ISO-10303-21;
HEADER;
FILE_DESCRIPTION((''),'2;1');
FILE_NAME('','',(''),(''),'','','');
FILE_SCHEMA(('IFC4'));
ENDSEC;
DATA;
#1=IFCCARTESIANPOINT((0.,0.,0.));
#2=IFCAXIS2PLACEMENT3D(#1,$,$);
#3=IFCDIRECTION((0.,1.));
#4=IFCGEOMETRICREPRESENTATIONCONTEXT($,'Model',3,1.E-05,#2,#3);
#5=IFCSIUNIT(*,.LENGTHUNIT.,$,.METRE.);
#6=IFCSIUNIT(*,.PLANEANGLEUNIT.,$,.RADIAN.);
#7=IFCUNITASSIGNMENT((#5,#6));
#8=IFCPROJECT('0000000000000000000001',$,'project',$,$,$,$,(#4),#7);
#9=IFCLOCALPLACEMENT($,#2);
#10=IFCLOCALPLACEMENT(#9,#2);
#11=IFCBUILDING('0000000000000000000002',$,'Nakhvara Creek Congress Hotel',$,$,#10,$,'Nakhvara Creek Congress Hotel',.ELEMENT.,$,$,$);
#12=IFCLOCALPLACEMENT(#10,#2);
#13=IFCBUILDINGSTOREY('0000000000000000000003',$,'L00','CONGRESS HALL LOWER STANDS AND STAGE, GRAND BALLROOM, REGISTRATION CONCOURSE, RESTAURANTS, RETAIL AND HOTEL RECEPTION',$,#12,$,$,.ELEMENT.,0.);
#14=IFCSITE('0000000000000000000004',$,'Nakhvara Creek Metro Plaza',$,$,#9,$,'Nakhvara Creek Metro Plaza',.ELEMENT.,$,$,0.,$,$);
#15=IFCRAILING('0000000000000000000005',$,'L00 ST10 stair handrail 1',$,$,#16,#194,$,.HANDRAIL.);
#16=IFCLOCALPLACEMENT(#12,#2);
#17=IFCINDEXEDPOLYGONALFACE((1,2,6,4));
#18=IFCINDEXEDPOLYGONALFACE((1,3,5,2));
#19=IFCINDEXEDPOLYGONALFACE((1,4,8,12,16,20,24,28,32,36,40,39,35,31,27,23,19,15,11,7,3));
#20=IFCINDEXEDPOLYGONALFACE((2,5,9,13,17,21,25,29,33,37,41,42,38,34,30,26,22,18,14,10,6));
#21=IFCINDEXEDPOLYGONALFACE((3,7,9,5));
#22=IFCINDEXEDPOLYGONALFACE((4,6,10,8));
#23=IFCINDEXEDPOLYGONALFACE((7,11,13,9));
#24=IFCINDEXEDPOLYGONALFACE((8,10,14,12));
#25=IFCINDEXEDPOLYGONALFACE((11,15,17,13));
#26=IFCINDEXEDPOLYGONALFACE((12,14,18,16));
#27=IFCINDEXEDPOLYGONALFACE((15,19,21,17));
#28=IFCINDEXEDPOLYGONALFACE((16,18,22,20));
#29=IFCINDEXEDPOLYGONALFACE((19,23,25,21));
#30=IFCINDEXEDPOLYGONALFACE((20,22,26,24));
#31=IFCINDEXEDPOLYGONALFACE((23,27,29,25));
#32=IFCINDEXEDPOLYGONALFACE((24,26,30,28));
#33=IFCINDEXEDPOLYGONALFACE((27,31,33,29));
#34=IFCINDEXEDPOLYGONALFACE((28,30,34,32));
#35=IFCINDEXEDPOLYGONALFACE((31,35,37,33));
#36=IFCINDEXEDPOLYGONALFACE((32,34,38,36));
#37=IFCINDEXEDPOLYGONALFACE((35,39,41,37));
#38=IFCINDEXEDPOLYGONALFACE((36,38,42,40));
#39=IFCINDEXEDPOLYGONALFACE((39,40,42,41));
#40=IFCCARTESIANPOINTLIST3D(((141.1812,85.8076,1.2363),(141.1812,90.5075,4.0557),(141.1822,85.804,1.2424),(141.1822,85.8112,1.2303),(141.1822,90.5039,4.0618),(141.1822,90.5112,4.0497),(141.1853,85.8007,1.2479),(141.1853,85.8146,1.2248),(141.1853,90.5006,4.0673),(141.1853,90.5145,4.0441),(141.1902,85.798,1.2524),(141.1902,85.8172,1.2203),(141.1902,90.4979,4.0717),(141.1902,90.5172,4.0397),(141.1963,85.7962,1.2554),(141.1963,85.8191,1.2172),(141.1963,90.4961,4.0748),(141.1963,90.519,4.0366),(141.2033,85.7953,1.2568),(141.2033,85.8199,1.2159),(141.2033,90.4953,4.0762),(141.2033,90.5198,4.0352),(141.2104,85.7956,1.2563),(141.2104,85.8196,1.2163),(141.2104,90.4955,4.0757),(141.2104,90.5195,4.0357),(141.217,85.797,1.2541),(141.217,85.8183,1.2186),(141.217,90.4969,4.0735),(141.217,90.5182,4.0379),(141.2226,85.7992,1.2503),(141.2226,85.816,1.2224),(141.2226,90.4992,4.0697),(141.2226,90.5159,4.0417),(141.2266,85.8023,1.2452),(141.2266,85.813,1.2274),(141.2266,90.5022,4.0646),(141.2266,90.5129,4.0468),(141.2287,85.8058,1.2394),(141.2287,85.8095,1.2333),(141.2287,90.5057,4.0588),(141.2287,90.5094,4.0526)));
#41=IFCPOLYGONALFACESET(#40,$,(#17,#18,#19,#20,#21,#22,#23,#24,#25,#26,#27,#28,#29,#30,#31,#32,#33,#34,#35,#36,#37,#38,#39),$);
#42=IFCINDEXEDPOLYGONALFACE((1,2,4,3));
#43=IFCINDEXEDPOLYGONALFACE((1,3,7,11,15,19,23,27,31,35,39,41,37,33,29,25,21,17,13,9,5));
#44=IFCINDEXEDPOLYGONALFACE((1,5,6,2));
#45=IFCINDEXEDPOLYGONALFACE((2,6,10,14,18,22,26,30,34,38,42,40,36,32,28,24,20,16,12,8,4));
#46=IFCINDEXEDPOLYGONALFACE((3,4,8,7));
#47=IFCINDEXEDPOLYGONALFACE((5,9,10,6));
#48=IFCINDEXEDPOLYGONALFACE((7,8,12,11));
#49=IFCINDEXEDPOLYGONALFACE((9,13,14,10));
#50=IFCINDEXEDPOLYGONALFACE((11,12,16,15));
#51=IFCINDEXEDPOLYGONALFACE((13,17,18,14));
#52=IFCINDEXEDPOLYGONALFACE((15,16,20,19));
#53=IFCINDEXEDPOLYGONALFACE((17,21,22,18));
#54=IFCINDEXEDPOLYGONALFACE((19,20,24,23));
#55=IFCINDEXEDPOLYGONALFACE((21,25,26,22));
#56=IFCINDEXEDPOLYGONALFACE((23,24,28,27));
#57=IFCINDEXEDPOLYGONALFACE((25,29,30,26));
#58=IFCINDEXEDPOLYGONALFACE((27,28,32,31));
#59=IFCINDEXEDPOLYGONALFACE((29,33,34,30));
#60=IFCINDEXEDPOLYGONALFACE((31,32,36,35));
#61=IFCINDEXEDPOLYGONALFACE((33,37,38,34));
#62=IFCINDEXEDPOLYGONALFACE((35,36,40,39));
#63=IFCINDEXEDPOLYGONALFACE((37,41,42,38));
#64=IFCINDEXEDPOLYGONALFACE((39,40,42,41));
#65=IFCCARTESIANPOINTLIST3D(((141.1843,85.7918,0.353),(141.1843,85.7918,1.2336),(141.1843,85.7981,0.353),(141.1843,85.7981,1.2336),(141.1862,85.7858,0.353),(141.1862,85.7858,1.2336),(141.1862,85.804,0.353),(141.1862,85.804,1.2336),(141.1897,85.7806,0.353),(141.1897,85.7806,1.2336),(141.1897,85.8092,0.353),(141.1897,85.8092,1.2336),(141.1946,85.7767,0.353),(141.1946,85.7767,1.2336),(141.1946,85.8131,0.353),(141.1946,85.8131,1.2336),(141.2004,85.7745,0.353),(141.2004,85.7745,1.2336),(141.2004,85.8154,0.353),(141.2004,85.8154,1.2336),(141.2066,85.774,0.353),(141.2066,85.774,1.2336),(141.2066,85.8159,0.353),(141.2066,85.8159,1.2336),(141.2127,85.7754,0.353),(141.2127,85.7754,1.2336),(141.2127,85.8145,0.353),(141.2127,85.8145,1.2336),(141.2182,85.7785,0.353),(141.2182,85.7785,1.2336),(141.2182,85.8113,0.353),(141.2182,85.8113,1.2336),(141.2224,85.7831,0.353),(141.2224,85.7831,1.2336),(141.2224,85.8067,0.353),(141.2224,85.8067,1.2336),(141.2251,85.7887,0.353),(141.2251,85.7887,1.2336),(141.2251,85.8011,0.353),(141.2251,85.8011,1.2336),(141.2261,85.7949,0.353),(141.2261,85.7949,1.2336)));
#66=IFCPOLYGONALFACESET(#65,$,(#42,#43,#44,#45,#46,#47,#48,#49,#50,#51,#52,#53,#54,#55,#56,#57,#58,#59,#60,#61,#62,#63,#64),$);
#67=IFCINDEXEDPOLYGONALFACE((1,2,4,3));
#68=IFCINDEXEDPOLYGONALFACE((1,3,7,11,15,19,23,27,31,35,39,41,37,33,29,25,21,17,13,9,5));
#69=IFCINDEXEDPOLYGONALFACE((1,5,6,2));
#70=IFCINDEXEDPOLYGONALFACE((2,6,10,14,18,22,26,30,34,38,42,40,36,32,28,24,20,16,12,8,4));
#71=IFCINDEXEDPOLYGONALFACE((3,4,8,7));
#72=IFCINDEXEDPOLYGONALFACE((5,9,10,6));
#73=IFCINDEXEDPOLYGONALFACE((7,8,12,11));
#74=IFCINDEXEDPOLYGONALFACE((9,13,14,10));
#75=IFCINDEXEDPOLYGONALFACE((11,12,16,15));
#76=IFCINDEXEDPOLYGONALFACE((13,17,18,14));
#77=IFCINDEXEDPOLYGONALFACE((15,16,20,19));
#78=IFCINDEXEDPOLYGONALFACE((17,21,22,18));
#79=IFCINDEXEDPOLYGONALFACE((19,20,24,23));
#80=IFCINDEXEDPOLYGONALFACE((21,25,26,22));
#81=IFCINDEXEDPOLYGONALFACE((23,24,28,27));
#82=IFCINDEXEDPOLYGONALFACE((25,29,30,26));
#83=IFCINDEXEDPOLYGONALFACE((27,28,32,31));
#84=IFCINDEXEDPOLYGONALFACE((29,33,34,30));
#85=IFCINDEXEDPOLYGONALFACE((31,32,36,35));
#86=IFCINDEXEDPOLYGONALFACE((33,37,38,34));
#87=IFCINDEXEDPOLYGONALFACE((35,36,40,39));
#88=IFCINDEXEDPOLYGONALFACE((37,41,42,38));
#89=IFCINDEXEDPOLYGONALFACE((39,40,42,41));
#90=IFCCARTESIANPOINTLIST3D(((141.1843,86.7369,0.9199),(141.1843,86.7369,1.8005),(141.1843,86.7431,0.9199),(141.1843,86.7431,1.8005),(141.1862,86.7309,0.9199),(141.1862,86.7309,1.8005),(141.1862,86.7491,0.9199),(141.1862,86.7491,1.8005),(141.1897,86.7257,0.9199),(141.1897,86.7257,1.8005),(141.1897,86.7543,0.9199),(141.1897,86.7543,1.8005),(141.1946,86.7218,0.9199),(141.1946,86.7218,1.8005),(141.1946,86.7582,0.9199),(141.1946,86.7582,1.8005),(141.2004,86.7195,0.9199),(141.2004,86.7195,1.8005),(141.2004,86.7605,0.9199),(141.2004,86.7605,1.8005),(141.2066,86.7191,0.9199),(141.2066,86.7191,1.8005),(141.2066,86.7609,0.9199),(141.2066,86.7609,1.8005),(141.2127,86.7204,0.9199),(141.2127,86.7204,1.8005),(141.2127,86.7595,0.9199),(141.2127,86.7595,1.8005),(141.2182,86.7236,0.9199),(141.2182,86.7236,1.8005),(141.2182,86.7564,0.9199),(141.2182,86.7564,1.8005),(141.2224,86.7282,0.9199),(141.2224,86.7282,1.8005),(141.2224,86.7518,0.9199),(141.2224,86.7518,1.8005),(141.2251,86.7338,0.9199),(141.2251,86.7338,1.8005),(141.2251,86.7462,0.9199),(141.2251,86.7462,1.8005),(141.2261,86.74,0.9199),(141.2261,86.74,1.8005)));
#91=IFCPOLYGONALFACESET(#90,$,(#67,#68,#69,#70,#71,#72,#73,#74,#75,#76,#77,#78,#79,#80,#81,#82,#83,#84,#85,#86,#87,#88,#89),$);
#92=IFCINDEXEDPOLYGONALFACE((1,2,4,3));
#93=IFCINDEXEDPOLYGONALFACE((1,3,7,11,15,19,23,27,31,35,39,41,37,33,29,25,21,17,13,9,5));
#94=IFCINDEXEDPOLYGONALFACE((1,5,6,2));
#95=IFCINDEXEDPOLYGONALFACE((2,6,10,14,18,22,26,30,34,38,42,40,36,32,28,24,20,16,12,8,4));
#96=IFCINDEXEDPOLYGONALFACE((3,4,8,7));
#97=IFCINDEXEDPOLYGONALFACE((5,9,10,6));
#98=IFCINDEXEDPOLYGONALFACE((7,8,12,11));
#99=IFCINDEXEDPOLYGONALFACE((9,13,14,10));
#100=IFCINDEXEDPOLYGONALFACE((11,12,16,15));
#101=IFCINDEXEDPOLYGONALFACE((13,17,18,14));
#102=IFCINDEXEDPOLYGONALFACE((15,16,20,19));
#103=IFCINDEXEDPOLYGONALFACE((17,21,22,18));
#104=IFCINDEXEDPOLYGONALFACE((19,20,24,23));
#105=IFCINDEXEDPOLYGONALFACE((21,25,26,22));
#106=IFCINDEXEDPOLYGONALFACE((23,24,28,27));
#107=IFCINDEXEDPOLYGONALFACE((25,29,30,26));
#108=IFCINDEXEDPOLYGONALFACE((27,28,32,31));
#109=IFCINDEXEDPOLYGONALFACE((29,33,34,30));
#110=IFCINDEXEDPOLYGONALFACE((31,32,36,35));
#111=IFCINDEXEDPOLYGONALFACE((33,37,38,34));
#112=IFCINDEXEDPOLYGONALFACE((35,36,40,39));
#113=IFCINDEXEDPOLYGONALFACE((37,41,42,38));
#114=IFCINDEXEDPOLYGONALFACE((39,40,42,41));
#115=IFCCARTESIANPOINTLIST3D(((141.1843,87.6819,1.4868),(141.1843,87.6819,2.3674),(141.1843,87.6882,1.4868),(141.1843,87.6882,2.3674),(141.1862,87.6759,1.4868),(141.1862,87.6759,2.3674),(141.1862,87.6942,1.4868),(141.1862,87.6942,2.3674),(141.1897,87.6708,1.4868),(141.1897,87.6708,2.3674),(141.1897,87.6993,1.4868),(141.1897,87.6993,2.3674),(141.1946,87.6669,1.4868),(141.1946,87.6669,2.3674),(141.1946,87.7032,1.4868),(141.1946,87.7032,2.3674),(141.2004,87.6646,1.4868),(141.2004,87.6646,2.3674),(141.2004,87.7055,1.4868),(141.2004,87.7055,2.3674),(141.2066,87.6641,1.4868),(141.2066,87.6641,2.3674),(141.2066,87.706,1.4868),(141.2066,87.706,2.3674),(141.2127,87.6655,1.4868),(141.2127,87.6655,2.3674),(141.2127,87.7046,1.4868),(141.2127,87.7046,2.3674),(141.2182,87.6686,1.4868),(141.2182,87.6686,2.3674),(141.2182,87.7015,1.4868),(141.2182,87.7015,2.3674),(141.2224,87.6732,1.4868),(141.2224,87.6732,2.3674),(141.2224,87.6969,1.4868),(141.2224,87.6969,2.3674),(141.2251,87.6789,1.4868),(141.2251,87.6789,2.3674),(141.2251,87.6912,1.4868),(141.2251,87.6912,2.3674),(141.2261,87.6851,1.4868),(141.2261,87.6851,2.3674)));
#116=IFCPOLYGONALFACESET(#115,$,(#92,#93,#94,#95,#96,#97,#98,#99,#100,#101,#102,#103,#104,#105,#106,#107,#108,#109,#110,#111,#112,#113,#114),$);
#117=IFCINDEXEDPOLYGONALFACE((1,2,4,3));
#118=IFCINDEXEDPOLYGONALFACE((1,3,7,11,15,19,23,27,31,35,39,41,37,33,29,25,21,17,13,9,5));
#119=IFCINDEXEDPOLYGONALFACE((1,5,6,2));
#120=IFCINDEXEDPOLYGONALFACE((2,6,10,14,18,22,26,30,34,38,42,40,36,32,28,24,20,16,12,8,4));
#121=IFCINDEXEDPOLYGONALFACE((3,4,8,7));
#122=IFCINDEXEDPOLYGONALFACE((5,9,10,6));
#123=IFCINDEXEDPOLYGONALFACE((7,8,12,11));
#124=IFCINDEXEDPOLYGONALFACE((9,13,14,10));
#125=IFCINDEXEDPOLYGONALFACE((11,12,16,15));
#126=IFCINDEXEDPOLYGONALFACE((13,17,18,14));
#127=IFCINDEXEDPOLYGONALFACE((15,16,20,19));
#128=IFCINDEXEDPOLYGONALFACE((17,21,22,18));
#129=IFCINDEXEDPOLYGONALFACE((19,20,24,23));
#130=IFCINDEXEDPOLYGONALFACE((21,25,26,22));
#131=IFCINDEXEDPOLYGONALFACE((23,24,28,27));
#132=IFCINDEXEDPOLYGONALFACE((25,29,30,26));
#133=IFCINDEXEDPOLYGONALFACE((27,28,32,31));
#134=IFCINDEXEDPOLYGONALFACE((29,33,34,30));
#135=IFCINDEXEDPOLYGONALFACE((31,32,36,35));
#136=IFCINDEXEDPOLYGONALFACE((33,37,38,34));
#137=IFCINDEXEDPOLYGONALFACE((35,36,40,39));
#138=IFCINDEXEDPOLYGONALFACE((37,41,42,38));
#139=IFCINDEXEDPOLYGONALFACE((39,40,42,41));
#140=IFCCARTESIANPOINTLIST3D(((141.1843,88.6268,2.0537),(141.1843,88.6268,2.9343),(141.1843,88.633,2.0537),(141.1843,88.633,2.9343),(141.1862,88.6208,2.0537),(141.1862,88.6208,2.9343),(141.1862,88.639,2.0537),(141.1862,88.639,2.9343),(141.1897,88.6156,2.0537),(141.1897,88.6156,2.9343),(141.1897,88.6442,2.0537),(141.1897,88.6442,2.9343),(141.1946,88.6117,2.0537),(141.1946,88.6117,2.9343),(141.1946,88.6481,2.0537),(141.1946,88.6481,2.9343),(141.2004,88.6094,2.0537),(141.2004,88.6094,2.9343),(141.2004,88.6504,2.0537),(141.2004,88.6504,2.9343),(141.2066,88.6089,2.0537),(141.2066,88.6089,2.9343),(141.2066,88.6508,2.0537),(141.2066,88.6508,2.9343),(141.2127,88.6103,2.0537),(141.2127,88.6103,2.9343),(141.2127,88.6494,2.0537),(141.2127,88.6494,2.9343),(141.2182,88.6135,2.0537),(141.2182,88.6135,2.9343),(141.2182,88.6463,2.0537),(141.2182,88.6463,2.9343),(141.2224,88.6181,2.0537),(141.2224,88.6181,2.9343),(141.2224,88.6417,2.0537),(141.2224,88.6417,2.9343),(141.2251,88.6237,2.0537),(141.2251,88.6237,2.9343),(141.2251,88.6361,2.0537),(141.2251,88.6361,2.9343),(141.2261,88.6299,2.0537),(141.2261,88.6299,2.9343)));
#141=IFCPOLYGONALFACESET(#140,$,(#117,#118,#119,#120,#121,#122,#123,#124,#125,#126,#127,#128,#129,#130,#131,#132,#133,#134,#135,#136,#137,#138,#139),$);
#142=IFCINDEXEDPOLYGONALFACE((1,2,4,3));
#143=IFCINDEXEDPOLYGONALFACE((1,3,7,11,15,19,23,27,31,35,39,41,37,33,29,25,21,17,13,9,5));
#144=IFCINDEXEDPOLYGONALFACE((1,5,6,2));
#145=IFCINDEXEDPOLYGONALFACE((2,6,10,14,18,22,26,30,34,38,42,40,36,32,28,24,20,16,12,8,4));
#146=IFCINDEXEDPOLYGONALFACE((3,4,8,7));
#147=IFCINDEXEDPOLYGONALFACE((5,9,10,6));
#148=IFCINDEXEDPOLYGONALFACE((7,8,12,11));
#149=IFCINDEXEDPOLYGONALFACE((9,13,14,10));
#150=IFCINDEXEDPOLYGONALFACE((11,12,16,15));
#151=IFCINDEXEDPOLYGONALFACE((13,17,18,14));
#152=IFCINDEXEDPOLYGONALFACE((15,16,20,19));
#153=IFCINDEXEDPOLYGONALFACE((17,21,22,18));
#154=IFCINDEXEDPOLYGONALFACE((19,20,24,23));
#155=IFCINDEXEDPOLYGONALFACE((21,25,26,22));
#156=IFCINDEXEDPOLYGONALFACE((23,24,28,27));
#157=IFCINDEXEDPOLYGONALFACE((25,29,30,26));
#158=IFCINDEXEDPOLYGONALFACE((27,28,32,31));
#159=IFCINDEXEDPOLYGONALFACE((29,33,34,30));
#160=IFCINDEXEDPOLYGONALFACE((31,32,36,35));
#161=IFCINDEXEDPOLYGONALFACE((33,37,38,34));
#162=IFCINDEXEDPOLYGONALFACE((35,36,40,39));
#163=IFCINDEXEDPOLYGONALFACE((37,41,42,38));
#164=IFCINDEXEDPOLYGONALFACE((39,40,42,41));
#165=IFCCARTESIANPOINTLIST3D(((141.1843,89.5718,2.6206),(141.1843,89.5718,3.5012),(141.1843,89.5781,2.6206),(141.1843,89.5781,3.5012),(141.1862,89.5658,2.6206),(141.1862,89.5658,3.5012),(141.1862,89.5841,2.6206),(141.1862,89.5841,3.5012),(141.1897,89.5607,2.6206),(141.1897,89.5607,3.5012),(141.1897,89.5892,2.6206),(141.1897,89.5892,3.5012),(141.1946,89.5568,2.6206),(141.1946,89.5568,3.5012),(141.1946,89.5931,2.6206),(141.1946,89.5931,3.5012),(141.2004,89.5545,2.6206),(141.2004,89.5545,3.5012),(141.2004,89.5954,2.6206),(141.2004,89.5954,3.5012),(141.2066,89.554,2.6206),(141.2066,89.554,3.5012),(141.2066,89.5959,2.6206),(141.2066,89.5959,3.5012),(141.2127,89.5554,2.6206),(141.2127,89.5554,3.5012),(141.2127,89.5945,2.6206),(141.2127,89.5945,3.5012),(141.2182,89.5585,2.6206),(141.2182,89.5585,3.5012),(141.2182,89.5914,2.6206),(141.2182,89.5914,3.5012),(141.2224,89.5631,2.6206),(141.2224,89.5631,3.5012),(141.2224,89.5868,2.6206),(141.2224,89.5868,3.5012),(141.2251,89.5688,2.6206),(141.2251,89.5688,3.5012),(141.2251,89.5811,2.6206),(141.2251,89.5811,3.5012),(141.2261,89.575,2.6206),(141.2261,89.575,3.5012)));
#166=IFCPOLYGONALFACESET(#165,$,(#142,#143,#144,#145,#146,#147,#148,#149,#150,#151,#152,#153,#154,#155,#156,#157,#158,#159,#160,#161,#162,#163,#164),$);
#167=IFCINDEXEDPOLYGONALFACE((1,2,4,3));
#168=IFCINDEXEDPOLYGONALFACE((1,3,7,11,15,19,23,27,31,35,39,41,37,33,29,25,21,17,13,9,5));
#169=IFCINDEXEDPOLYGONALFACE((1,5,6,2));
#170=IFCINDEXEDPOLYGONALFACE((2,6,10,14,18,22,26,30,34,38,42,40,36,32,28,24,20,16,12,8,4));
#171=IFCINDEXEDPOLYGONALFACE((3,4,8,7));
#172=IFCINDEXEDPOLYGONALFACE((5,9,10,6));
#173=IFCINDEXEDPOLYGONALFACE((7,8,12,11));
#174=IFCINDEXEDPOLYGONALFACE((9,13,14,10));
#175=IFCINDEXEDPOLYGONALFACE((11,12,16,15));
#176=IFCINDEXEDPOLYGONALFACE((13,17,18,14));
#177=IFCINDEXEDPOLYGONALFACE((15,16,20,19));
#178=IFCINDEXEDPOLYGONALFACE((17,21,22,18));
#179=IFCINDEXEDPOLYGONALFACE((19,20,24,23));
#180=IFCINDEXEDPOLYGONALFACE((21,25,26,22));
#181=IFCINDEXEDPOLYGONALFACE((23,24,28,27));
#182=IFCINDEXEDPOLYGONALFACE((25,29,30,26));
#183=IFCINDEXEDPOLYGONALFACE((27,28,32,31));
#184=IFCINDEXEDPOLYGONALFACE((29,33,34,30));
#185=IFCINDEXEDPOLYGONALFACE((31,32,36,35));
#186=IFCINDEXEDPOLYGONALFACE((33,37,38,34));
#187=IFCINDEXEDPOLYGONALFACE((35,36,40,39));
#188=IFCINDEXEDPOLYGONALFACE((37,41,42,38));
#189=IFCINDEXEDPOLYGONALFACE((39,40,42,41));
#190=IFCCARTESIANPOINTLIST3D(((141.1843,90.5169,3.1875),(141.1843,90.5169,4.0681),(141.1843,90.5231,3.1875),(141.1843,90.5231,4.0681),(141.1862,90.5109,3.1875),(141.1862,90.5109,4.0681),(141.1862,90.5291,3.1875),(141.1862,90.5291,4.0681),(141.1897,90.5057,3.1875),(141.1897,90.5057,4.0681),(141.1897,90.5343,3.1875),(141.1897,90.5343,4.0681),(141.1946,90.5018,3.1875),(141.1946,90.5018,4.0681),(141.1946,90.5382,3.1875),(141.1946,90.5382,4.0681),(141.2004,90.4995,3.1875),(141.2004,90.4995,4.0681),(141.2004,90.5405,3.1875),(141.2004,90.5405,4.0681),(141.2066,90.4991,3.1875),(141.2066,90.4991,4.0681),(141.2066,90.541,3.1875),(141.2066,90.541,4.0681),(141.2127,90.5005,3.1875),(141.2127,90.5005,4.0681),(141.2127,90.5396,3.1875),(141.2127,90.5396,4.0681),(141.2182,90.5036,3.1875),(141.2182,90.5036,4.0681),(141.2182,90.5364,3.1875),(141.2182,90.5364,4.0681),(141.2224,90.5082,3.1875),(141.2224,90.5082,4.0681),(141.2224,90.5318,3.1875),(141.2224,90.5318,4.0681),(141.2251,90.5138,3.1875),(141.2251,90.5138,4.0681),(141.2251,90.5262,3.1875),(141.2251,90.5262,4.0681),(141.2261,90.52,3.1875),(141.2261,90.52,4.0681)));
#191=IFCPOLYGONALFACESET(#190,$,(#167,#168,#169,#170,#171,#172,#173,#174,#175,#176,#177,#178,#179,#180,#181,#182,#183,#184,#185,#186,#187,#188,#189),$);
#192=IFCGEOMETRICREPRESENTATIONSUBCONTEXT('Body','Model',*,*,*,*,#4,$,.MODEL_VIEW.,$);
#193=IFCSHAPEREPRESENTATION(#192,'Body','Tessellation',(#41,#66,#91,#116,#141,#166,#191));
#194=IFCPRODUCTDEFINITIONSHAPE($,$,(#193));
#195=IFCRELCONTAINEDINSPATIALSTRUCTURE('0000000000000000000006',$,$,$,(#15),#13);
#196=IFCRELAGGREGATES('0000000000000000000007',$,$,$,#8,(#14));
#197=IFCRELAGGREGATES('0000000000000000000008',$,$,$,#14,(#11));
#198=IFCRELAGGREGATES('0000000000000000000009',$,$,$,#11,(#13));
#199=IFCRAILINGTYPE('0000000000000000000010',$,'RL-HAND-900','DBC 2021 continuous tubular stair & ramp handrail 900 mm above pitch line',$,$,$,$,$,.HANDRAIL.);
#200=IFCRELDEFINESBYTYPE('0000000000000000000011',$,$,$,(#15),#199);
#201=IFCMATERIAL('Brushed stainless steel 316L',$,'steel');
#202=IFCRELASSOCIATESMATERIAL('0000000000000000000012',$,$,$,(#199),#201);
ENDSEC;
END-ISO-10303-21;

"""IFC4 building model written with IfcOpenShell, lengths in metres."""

from ifc_helpers import new_model, si_unit, direction, frame, origin, origin_2d, place, context, subcontext, project, spatial, circle, extrude, material, type_object, element, save


model = new_model("IFC4")

# Units and contexts
model_context = context("Model", 3, precision=1e-05, world=origin(), true_north=direction((0.0, 1.0)))
body_context = subcontext(model_context, "Body", "Model", "MODEL_VIEW")
ifc_project = project(units=[si_unit("LENGTHUNIT", "METRE"), si_unit("PLANEANGLEUNIT", "RADIAN")], contexts=[model_context])

# Site, building, storey
site_placement = place(None, origin())
site = spatial("IfcSite", under=ifc_project, at=site_placement, Name="Nakhvara Creek Metro Plaza", LongName="Nakhvara Creek Metro Plaza", CompositionType="ELEMENT", RefElevation=0.0)
building_placement = place(site_placement, origin())
building = spatial("IfcBuilding", under=site, at=building_placement, Name="Nakhvara Creek Congress Hotel", LongName="Nakhvara Creek Congress Hotel", CompositionType="ELEMENT")
storey_placement = place(building_placement, origin())
storey = spatial("IfcBuildingStorey", under=building, at=storey_placement, Name="L00", Description="CONGRESS HALL LOWER STANDS AND STAGE, GRAND BALLROOM, REGISTRATION CONCOURSE, RESTAURANTS, RETAIL AND HOTEL RECEPTION", CompositionType="ELEMENT", Elevation=0.0)

# Railing
ifc_material_1 = material(Name="Brushed stainless steel 316L", Category="steel")
railing_type_1 = type_object("IfcRailingType", Name="RL-HAND-900", Description="DBC 2021 continuous tubular stair & ramp handrail 900 mm above pitch line", PredefinedType="HANDRAIL", material=ifc_material_1)
railing_1_placement = place(storey_placement, frame((141.2051, 85.7949, 0.353)))
element("IfcRailing", 1, at=railing_1_placement, inside=storey, type_object=railing_type_1, Name="L00 ST10 stair handrail 1", PredefinedType="HANDRAIL", context=body_context, shape_type="SweptSolid", body=[
    extrude(circle(Radius=0.0239, at=origin_2d()), frame((0.0, 0.0127, 0.8833), z_axis=(0.0, 0.85754, 0.514418), x_axis=(-1.0, 0.0, 0.0)), (0.0, 0.0, 1.0), 5.4807),
    extrude(circle(Radius=0.021, at=origin_2d()), origin(), (0.0, 0.0, 1.0), 0.8806),
    extrude(circle(Radius=0.021, at=origin_2d()), frame((0.0, 0.9451, 0.5669)), (0.0, 0.0, 1.0), 0.8806),
    extrude(circle(Radius=0.021, at=origin_2d()), frame((0.0, 1.8901, 1.1338)), (0.0, 0.0, 1.0), 0.8806),
    extrude(circle(Radius=0.021, at=origin_2d()), frame((0.0, 2.835, 1.7007)), (0.0, 0.0, 1.0), 0.8806),
    extrude(circle(Radius=0.021, at=origin_2d()), frame((0.0, 3.78, 2.2676)), (0.0, 0.0, 1.0), 0.8806),
    extrude(circle(Radius=0.021, at=origin_2d()), frame((0.0, 4.7251, 2.8345)), (0.0, 0.0, 1.0), 0.8806),
])

save(model, "model.ifc")
